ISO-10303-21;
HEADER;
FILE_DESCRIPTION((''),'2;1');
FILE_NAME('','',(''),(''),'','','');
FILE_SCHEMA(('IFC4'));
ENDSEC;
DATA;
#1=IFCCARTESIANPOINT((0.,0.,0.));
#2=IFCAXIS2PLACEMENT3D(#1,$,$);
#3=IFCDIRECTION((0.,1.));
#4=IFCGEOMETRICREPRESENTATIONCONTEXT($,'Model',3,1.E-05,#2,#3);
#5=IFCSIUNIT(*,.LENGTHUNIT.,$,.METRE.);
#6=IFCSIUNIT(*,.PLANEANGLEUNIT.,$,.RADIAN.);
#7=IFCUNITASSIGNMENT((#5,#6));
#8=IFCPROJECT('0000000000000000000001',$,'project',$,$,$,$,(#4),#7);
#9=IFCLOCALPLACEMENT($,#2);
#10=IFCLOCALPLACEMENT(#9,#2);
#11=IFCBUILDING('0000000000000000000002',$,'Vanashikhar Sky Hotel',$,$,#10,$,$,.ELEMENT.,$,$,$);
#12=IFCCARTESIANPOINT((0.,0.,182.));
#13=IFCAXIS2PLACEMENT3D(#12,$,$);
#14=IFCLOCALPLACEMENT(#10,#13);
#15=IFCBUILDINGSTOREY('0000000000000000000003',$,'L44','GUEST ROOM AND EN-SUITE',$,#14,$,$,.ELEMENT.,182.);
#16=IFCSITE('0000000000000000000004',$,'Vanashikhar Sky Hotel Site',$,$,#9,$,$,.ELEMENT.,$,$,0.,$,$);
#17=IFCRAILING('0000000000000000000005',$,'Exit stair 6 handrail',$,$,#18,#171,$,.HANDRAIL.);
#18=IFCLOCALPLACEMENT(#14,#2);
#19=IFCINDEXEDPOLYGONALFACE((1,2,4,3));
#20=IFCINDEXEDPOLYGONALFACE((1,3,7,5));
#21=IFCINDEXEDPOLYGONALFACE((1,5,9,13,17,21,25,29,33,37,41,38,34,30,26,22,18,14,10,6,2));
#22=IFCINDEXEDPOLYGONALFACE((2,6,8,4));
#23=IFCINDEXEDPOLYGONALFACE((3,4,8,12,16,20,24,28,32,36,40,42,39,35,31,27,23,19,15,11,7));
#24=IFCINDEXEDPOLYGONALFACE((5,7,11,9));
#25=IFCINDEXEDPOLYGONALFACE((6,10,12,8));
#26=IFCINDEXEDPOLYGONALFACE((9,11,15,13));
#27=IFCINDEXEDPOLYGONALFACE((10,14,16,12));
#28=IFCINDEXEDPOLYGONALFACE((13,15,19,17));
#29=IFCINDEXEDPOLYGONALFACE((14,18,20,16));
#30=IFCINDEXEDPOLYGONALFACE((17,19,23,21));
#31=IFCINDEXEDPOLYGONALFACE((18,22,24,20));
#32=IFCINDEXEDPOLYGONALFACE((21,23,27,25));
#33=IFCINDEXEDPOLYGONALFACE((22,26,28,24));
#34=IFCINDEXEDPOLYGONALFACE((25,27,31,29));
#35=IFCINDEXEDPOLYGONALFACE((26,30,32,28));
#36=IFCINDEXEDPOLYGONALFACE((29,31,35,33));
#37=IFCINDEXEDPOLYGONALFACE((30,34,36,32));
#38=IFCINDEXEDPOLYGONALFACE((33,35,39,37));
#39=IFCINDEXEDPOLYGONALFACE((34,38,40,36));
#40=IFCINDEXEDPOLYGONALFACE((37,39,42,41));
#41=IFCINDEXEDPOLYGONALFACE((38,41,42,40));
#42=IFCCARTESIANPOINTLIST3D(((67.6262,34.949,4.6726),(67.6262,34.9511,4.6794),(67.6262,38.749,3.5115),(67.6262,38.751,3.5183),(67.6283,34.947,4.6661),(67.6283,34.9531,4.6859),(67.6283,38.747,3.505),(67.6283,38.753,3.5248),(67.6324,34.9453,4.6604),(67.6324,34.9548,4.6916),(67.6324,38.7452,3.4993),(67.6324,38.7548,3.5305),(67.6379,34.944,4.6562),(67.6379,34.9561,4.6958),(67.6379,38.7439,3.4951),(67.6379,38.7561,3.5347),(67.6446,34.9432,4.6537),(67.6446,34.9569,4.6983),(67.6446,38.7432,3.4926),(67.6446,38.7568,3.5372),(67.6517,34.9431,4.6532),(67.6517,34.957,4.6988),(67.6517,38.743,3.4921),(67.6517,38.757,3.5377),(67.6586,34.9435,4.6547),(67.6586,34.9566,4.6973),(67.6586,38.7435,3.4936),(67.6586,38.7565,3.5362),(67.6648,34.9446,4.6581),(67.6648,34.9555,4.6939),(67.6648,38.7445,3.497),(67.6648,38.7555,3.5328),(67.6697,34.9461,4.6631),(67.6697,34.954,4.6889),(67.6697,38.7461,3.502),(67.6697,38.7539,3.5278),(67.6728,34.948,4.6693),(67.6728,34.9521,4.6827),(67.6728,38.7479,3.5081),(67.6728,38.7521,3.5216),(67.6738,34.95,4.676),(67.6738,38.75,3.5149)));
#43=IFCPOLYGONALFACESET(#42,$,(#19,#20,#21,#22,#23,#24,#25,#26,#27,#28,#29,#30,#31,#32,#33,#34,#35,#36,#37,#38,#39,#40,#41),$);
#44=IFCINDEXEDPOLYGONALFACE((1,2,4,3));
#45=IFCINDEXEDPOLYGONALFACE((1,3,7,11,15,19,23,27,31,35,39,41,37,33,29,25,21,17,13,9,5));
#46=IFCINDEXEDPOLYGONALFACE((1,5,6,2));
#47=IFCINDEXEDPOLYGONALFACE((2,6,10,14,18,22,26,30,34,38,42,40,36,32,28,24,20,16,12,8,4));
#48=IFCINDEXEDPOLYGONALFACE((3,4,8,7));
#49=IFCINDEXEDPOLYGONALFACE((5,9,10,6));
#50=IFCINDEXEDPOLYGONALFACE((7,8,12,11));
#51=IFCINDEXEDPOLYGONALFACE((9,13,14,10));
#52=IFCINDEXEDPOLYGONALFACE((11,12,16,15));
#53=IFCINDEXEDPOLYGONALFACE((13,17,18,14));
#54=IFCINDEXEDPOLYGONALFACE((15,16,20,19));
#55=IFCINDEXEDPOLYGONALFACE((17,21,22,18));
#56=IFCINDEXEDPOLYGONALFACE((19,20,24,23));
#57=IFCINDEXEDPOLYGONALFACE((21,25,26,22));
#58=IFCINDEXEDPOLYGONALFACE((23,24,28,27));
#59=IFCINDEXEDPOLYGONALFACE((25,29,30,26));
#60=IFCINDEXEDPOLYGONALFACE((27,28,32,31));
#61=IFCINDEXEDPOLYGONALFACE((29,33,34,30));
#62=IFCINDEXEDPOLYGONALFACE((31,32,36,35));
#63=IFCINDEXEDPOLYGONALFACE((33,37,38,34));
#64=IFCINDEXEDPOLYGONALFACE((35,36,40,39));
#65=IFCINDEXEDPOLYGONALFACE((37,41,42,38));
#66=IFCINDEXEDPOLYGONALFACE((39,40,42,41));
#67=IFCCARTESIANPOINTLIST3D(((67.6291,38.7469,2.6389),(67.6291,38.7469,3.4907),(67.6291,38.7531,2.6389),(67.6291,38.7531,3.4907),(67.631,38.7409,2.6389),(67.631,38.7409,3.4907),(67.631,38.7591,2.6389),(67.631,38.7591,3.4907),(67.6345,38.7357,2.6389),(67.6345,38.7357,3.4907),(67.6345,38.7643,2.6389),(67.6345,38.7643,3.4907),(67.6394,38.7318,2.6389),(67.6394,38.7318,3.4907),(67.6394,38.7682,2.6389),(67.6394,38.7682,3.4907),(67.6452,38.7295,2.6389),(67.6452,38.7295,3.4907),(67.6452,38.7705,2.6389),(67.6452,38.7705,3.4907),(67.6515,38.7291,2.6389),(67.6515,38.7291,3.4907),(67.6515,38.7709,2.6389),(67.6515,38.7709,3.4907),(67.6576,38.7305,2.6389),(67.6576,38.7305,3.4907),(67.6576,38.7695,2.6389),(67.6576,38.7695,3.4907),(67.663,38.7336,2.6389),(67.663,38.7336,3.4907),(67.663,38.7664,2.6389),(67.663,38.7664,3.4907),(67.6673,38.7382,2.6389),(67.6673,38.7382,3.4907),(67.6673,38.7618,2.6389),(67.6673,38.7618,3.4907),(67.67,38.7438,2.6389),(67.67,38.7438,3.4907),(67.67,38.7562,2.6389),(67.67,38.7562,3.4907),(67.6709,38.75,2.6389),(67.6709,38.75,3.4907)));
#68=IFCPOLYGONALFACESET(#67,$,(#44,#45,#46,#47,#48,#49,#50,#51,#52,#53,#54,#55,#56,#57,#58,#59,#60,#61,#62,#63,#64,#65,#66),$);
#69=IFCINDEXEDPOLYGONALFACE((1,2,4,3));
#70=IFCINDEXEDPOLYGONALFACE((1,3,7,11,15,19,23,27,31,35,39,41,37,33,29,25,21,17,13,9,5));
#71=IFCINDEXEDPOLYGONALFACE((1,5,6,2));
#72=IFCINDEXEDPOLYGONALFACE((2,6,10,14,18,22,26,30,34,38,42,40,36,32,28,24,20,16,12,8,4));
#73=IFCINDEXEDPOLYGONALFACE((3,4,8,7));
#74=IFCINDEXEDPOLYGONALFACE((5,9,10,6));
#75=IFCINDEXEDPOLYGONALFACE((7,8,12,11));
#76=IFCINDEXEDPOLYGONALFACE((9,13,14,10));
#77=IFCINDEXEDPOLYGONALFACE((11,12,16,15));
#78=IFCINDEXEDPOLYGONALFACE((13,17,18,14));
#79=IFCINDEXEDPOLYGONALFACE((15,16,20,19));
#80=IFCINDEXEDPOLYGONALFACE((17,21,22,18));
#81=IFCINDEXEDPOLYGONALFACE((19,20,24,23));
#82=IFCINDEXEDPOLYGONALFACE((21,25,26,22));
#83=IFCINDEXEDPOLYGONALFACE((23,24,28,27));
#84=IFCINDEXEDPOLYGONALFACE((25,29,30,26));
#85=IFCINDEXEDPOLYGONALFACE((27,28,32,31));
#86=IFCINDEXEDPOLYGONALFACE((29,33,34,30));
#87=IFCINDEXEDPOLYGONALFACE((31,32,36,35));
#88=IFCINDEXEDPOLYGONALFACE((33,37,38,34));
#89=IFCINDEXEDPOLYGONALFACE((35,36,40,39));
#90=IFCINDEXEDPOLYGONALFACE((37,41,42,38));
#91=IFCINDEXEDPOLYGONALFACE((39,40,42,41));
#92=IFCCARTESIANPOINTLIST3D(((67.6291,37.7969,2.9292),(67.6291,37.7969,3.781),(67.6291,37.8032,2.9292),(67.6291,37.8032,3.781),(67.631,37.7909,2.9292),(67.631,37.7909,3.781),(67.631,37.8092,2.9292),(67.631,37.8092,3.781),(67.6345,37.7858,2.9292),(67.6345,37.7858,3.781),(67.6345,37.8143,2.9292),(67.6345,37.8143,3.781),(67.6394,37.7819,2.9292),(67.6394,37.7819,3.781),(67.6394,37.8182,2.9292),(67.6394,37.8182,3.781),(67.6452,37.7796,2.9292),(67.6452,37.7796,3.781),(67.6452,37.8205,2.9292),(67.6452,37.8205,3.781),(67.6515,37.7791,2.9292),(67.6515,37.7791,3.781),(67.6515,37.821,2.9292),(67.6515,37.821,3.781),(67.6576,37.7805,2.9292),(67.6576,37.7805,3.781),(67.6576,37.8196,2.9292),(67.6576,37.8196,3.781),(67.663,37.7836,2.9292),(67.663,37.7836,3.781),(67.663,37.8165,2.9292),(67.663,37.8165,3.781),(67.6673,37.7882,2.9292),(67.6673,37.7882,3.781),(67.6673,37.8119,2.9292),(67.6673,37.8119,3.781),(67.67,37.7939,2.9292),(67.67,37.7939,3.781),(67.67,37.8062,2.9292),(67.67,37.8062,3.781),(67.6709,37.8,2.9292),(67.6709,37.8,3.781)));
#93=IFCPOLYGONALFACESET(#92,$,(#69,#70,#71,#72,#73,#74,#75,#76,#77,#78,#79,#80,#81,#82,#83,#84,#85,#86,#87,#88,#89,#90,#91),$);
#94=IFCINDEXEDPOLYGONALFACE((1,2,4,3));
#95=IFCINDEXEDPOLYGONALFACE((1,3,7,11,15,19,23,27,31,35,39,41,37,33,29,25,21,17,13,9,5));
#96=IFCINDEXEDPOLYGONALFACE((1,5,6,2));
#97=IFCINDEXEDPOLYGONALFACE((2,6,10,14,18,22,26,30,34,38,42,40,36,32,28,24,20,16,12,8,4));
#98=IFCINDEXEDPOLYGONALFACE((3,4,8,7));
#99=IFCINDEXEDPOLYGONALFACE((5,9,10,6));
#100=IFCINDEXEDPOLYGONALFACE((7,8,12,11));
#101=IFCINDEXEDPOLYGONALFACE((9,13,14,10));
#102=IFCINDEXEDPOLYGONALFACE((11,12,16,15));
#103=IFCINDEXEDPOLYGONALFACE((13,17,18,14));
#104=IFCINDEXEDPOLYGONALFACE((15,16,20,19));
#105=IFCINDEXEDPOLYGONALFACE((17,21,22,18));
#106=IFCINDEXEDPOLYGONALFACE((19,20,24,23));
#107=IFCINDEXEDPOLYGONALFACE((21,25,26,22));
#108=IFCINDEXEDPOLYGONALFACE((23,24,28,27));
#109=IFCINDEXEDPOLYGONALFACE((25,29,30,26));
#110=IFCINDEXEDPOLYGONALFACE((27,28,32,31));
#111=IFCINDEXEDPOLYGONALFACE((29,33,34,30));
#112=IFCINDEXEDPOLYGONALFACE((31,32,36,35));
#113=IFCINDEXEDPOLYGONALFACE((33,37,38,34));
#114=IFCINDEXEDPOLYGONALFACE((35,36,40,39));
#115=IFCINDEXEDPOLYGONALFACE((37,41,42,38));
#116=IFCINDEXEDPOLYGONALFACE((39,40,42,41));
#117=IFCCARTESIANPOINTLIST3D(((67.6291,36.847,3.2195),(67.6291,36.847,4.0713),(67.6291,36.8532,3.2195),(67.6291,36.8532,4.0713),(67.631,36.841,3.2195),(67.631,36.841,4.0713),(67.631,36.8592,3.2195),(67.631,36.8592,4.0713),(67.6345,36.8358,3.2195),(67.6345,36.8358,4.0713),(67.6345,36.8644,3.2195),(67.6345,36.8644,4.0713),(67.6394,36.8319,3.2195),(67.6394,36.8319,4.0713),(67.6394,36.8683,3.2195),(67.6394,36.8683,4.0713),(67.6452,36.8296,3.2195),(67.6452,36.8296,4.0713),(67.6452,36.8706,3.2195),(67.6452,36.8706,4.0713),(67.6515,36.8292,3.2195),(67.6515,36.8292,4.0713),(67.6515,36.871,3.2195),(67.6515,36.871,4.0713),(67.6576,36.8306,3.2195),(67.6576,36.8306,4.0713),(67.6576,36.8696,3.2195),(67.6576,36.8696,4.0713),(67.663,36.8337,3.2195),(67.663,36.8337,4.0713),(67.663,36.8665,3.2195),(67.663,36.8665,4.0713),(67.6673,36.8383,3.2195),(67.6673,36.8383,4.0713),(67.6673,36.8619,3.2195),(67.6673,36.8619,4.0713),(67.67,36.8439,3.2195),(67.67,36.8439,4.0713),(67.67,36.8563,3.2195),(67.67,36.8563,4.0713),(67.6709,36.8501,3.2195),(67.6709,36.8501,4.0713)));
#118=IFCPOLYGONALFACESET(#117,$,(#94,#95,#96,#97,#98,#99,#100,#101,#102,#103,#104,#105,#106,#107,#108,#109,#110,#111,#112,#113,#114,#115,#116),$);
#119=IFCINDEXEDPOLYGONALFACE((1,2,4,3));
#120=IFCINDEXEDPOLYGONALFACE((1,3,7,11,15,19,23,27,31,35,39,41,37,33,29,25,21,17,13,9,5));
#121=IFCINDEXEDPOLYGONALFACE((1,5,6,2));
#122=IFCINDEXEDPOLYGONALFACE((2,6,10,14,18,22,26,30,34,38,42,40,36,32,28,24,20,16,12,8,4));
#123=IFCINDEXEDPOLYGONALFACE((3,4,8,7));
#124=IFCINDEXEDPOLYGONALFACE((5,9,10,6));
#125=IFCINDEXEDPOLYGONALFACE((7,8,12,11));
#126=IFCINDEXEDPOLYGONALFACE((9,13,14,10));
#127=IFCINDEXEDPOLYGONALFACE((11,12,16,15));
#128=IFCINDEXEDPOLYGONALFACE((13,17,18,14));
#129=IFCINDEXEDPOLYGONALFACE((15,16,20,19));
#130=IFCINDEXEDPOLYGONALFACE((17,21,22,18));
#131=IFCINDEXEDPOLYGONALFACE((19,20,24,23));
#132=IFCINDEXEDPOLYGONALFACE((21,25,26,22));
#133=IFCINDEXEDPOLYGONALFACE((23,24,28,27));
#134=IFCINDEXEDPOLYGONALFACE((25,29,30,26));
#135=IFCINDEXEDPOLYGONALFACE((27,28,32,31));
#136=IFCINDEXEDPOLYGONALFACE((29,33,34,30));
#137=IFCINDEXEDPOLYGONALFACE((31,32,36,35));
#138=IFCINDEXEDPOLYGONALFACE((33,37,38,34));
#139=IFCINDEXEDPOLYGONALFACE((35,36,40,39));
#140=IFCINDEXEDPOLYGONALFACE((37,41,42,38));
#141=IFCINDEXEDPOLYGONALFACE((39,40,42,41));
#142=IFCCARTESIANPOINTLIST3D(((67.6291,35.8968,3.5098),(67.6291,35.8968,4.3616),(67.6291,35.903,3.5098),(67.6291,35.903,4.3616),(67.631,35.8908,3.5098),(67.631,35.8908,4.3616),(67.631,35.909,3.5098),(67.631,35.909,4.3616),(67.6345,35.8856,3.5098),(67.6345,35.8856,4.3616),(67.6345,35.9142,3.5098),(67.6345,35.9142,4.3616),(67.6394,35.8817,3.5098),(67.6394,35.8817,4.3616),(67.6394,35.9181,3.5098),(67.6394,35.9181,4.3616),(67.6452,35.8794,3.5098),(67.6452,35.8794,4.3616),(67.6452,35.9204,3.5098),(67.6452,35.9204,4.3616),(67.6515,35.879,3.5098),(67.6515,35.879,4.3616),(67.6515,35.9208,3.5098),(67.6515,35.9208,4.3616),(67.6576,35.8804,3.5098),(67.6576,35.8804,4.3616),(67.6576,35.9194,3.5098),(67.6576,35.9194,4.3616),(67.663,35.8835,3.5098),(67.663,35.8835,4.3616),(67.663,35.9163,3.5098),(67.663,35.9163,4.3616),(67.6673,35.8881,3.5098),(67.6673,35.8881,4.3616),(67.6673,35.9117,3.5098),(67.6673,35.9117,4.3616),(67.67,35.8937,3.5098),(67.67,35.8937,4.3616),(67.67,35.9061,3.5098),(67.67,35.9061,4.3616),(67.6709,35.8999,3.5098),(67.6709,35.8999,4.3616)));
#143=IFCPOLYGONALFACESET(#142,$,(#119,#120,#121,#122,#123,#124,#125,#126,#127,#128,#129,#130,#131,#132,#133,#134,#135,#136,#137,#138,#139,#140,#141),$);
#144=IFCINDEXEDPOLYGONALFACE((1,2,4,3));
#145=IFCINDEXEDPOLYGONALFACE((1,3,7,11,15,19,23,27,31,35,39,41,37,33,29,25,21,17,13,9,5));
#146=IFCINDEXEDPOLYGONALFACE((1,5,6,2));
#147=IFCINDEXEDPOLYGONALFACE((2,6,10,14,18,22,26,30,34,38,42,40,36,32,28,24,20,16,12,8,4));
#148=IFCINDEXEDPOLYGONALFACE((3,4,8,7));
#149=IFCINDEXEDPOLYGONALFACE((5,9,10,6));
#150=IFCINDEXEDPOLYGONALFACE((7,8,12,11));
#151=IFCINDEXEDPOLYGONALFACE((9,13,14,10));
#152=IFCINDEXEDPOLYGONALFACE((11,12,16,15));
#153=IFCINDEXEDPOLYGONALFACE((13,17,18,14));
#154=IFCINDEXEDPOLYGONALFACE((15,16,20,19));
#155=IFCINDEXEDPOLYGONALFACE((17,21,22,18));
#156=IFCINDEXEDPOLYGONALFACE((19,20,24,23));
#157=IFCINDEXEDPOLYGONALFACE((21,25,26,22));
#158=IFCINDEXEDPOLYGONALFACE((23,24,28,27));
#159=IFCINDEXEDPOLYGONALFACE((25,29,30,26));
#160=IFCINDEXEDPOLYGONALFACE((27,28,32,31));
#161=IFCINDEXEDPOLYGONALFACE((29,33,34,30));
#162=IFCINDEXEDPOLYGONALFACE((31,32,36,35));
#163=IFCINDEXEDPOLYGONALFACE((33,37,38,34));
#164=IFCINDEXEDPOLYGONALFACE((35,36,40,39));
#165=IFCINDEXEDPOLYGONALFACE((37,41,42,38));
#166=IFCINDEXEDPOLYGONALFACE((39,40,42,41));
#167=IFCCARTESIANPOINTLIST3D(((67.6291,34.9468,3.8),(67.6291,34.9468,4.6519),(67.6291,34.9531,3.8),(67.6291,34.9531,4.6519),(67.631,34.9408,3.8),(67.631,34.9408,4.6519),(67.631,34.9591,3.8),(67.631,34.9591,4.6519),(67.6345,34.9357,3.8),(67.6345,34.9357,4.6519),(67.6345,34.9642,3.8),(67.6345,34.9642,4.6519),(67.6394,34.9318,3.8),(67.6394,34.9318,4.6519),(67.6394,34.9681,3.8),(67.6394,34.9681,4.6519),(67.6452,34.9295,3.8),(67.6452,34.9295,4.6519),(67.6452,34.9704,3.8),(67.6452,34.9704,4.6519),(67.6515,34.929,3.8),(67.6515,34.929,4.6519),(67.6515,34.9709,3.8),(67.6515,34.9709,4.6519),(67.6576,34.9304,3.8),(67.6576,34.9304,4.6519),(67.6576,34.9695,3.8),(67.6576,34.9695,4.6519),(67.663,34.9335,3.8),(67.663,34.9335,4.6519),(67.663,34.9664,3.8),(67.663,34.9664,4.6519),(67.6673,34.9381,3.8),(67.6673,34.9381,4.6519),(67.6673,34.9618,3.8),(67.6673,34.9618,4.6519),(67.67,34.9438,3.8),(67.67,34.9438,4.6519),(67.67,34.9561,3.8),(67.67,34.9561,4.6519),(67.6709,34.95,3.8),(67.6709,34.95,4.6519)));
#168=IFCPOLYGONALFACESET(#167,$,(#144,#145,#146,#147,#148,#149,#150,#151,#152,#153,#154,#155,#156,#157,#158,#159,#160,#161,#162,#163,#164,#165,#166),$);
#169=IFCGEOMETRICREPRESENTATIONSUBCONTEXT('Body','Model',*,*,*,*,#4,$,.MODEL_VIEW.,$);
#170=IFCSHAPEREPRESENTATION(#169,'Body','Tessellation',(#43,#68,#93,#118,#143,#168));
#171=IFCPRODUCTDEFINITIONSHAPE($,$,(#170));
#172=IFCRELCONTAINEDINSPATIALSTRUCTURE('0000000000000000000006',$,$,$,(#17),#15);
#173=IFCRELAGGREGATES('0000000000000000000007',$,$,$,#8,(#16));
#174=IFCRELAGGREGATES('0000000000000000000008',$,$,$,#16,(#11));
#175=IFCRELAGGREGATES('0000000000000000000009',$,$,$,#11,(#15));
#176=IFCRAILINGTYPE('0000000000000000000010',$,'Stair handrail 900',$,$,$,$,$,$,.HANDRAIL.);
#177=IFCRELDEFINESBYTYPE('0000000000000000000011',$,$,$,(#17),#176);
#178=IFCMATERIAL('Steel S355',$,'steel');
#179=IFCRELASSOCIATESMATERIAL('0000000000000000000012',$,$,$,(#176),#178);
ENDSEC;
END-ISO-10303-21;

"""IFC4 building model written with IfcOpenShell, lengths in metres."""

from ifc_helpers import new_model, si_unit, direction, frame, origin, origin_2d, place, context, subcontext, project, spatial, circle, extrude, source, transform, mapped, material, type_object, element, save


model = new_model("IFC4")

# Units and contexts
model_context = context("Model", 3, precision=1e-05, world=origin(), true_north=direction((0.0, 1.0)))
body_context = subcontext(model_context, "Body", "Model", "MODEL_VIEW")
ifc_project = project(units=[si_unit("LENGTHUNIT", "METRE"), si_unit("PLANEANGLEUNIT", "RADIAN")], contexts=[model_context])

# Site, building, storey
site_placement = place(None, origin())
site = spatial("IfcSite", under=ifc_project, at=site_placement, Name="Vanashikhar Sky Hotel Site", CompositionType="ELEMENT", RefElevation=0.0)
building_placement = place(site_placement, origin())
building = spatial("IfcBuilding", under=site, at=building_placement, Name="Vanashikhar Sky Hotel", CompositionType="ELEMENT")
storey_placement = place(building_placement, frame((0.0, 0.0, 182.0)))
storey = spatial("IfcBuildingStorey", under=building, at=storey_placement, Name="L44", Description="GUEST ROOM AND EN-SUITE", CompositionType="ELEMENT", Elevation=182.0)

# Railing
ifc_material_1 = material(Name="Steel S355", Category="steel")
railing_type = type_object("IfcRailingType", Name="Stair handrail 900", PredefinedType="HANDRAIL", material=ifc_material_1)
shared_shape_1 = source(origin(), body_context, "Body", "SweptSolid", [
    extrude(circle(Radius=0.0239, at=origin_2d()), frame((0.0, 0.0, 0.876), z_axis=(0.0, -0.956351, 0.29222), x_axis=(1.0, 0.0, 0.0)), (0.0, 0.0, 1.0), 3.9734),
    extrude(circle(Radius=0.021, at=origin_2d()), origin(), (0.0, 0.0, 1.0), 0.8518),
    extrude(circle(Radius=0.021, at=origin_2d()), frame((0.0, -0.95, 0.2903)), (0.0, 0.0, 1.0), 0.8518),
    extrude(circle(Radius=0.021, at=origin_2d()), frame((0.0, -1.8999, 0.5806)), (0.0, 0.0, 1.0), 0.8518),
    extrude(circle(Radius=0.021, at=origin_2d()), frame((0.0, -2.8501, 0.8708)), (0.0, 0.0, 1.0), 0.8518),
    extrude(circle(Radius=0.021, at=origin_2d()), frame((0.0, -3.8, 1.1611)), (0.0, 0.0, 1.0), 0.8518),
])
for number, where, name in (
    (1, (67.6499, 38.75, 2.6389), "Exit stair 6 handrail"),
):
    element("IfcRailing", number, at=place(storey_placement, frame(where)), inside=storey, type_object=railing_type, Name=name, PredefinedType="HANDRAIL", context=body_context, shape_type="MappedRepresentation", body=[
        mapped(shared_shape_1, transform((0.0, 0.0, 0.0), scale=1.0)),
    ])

save(model, "model.ifc")
